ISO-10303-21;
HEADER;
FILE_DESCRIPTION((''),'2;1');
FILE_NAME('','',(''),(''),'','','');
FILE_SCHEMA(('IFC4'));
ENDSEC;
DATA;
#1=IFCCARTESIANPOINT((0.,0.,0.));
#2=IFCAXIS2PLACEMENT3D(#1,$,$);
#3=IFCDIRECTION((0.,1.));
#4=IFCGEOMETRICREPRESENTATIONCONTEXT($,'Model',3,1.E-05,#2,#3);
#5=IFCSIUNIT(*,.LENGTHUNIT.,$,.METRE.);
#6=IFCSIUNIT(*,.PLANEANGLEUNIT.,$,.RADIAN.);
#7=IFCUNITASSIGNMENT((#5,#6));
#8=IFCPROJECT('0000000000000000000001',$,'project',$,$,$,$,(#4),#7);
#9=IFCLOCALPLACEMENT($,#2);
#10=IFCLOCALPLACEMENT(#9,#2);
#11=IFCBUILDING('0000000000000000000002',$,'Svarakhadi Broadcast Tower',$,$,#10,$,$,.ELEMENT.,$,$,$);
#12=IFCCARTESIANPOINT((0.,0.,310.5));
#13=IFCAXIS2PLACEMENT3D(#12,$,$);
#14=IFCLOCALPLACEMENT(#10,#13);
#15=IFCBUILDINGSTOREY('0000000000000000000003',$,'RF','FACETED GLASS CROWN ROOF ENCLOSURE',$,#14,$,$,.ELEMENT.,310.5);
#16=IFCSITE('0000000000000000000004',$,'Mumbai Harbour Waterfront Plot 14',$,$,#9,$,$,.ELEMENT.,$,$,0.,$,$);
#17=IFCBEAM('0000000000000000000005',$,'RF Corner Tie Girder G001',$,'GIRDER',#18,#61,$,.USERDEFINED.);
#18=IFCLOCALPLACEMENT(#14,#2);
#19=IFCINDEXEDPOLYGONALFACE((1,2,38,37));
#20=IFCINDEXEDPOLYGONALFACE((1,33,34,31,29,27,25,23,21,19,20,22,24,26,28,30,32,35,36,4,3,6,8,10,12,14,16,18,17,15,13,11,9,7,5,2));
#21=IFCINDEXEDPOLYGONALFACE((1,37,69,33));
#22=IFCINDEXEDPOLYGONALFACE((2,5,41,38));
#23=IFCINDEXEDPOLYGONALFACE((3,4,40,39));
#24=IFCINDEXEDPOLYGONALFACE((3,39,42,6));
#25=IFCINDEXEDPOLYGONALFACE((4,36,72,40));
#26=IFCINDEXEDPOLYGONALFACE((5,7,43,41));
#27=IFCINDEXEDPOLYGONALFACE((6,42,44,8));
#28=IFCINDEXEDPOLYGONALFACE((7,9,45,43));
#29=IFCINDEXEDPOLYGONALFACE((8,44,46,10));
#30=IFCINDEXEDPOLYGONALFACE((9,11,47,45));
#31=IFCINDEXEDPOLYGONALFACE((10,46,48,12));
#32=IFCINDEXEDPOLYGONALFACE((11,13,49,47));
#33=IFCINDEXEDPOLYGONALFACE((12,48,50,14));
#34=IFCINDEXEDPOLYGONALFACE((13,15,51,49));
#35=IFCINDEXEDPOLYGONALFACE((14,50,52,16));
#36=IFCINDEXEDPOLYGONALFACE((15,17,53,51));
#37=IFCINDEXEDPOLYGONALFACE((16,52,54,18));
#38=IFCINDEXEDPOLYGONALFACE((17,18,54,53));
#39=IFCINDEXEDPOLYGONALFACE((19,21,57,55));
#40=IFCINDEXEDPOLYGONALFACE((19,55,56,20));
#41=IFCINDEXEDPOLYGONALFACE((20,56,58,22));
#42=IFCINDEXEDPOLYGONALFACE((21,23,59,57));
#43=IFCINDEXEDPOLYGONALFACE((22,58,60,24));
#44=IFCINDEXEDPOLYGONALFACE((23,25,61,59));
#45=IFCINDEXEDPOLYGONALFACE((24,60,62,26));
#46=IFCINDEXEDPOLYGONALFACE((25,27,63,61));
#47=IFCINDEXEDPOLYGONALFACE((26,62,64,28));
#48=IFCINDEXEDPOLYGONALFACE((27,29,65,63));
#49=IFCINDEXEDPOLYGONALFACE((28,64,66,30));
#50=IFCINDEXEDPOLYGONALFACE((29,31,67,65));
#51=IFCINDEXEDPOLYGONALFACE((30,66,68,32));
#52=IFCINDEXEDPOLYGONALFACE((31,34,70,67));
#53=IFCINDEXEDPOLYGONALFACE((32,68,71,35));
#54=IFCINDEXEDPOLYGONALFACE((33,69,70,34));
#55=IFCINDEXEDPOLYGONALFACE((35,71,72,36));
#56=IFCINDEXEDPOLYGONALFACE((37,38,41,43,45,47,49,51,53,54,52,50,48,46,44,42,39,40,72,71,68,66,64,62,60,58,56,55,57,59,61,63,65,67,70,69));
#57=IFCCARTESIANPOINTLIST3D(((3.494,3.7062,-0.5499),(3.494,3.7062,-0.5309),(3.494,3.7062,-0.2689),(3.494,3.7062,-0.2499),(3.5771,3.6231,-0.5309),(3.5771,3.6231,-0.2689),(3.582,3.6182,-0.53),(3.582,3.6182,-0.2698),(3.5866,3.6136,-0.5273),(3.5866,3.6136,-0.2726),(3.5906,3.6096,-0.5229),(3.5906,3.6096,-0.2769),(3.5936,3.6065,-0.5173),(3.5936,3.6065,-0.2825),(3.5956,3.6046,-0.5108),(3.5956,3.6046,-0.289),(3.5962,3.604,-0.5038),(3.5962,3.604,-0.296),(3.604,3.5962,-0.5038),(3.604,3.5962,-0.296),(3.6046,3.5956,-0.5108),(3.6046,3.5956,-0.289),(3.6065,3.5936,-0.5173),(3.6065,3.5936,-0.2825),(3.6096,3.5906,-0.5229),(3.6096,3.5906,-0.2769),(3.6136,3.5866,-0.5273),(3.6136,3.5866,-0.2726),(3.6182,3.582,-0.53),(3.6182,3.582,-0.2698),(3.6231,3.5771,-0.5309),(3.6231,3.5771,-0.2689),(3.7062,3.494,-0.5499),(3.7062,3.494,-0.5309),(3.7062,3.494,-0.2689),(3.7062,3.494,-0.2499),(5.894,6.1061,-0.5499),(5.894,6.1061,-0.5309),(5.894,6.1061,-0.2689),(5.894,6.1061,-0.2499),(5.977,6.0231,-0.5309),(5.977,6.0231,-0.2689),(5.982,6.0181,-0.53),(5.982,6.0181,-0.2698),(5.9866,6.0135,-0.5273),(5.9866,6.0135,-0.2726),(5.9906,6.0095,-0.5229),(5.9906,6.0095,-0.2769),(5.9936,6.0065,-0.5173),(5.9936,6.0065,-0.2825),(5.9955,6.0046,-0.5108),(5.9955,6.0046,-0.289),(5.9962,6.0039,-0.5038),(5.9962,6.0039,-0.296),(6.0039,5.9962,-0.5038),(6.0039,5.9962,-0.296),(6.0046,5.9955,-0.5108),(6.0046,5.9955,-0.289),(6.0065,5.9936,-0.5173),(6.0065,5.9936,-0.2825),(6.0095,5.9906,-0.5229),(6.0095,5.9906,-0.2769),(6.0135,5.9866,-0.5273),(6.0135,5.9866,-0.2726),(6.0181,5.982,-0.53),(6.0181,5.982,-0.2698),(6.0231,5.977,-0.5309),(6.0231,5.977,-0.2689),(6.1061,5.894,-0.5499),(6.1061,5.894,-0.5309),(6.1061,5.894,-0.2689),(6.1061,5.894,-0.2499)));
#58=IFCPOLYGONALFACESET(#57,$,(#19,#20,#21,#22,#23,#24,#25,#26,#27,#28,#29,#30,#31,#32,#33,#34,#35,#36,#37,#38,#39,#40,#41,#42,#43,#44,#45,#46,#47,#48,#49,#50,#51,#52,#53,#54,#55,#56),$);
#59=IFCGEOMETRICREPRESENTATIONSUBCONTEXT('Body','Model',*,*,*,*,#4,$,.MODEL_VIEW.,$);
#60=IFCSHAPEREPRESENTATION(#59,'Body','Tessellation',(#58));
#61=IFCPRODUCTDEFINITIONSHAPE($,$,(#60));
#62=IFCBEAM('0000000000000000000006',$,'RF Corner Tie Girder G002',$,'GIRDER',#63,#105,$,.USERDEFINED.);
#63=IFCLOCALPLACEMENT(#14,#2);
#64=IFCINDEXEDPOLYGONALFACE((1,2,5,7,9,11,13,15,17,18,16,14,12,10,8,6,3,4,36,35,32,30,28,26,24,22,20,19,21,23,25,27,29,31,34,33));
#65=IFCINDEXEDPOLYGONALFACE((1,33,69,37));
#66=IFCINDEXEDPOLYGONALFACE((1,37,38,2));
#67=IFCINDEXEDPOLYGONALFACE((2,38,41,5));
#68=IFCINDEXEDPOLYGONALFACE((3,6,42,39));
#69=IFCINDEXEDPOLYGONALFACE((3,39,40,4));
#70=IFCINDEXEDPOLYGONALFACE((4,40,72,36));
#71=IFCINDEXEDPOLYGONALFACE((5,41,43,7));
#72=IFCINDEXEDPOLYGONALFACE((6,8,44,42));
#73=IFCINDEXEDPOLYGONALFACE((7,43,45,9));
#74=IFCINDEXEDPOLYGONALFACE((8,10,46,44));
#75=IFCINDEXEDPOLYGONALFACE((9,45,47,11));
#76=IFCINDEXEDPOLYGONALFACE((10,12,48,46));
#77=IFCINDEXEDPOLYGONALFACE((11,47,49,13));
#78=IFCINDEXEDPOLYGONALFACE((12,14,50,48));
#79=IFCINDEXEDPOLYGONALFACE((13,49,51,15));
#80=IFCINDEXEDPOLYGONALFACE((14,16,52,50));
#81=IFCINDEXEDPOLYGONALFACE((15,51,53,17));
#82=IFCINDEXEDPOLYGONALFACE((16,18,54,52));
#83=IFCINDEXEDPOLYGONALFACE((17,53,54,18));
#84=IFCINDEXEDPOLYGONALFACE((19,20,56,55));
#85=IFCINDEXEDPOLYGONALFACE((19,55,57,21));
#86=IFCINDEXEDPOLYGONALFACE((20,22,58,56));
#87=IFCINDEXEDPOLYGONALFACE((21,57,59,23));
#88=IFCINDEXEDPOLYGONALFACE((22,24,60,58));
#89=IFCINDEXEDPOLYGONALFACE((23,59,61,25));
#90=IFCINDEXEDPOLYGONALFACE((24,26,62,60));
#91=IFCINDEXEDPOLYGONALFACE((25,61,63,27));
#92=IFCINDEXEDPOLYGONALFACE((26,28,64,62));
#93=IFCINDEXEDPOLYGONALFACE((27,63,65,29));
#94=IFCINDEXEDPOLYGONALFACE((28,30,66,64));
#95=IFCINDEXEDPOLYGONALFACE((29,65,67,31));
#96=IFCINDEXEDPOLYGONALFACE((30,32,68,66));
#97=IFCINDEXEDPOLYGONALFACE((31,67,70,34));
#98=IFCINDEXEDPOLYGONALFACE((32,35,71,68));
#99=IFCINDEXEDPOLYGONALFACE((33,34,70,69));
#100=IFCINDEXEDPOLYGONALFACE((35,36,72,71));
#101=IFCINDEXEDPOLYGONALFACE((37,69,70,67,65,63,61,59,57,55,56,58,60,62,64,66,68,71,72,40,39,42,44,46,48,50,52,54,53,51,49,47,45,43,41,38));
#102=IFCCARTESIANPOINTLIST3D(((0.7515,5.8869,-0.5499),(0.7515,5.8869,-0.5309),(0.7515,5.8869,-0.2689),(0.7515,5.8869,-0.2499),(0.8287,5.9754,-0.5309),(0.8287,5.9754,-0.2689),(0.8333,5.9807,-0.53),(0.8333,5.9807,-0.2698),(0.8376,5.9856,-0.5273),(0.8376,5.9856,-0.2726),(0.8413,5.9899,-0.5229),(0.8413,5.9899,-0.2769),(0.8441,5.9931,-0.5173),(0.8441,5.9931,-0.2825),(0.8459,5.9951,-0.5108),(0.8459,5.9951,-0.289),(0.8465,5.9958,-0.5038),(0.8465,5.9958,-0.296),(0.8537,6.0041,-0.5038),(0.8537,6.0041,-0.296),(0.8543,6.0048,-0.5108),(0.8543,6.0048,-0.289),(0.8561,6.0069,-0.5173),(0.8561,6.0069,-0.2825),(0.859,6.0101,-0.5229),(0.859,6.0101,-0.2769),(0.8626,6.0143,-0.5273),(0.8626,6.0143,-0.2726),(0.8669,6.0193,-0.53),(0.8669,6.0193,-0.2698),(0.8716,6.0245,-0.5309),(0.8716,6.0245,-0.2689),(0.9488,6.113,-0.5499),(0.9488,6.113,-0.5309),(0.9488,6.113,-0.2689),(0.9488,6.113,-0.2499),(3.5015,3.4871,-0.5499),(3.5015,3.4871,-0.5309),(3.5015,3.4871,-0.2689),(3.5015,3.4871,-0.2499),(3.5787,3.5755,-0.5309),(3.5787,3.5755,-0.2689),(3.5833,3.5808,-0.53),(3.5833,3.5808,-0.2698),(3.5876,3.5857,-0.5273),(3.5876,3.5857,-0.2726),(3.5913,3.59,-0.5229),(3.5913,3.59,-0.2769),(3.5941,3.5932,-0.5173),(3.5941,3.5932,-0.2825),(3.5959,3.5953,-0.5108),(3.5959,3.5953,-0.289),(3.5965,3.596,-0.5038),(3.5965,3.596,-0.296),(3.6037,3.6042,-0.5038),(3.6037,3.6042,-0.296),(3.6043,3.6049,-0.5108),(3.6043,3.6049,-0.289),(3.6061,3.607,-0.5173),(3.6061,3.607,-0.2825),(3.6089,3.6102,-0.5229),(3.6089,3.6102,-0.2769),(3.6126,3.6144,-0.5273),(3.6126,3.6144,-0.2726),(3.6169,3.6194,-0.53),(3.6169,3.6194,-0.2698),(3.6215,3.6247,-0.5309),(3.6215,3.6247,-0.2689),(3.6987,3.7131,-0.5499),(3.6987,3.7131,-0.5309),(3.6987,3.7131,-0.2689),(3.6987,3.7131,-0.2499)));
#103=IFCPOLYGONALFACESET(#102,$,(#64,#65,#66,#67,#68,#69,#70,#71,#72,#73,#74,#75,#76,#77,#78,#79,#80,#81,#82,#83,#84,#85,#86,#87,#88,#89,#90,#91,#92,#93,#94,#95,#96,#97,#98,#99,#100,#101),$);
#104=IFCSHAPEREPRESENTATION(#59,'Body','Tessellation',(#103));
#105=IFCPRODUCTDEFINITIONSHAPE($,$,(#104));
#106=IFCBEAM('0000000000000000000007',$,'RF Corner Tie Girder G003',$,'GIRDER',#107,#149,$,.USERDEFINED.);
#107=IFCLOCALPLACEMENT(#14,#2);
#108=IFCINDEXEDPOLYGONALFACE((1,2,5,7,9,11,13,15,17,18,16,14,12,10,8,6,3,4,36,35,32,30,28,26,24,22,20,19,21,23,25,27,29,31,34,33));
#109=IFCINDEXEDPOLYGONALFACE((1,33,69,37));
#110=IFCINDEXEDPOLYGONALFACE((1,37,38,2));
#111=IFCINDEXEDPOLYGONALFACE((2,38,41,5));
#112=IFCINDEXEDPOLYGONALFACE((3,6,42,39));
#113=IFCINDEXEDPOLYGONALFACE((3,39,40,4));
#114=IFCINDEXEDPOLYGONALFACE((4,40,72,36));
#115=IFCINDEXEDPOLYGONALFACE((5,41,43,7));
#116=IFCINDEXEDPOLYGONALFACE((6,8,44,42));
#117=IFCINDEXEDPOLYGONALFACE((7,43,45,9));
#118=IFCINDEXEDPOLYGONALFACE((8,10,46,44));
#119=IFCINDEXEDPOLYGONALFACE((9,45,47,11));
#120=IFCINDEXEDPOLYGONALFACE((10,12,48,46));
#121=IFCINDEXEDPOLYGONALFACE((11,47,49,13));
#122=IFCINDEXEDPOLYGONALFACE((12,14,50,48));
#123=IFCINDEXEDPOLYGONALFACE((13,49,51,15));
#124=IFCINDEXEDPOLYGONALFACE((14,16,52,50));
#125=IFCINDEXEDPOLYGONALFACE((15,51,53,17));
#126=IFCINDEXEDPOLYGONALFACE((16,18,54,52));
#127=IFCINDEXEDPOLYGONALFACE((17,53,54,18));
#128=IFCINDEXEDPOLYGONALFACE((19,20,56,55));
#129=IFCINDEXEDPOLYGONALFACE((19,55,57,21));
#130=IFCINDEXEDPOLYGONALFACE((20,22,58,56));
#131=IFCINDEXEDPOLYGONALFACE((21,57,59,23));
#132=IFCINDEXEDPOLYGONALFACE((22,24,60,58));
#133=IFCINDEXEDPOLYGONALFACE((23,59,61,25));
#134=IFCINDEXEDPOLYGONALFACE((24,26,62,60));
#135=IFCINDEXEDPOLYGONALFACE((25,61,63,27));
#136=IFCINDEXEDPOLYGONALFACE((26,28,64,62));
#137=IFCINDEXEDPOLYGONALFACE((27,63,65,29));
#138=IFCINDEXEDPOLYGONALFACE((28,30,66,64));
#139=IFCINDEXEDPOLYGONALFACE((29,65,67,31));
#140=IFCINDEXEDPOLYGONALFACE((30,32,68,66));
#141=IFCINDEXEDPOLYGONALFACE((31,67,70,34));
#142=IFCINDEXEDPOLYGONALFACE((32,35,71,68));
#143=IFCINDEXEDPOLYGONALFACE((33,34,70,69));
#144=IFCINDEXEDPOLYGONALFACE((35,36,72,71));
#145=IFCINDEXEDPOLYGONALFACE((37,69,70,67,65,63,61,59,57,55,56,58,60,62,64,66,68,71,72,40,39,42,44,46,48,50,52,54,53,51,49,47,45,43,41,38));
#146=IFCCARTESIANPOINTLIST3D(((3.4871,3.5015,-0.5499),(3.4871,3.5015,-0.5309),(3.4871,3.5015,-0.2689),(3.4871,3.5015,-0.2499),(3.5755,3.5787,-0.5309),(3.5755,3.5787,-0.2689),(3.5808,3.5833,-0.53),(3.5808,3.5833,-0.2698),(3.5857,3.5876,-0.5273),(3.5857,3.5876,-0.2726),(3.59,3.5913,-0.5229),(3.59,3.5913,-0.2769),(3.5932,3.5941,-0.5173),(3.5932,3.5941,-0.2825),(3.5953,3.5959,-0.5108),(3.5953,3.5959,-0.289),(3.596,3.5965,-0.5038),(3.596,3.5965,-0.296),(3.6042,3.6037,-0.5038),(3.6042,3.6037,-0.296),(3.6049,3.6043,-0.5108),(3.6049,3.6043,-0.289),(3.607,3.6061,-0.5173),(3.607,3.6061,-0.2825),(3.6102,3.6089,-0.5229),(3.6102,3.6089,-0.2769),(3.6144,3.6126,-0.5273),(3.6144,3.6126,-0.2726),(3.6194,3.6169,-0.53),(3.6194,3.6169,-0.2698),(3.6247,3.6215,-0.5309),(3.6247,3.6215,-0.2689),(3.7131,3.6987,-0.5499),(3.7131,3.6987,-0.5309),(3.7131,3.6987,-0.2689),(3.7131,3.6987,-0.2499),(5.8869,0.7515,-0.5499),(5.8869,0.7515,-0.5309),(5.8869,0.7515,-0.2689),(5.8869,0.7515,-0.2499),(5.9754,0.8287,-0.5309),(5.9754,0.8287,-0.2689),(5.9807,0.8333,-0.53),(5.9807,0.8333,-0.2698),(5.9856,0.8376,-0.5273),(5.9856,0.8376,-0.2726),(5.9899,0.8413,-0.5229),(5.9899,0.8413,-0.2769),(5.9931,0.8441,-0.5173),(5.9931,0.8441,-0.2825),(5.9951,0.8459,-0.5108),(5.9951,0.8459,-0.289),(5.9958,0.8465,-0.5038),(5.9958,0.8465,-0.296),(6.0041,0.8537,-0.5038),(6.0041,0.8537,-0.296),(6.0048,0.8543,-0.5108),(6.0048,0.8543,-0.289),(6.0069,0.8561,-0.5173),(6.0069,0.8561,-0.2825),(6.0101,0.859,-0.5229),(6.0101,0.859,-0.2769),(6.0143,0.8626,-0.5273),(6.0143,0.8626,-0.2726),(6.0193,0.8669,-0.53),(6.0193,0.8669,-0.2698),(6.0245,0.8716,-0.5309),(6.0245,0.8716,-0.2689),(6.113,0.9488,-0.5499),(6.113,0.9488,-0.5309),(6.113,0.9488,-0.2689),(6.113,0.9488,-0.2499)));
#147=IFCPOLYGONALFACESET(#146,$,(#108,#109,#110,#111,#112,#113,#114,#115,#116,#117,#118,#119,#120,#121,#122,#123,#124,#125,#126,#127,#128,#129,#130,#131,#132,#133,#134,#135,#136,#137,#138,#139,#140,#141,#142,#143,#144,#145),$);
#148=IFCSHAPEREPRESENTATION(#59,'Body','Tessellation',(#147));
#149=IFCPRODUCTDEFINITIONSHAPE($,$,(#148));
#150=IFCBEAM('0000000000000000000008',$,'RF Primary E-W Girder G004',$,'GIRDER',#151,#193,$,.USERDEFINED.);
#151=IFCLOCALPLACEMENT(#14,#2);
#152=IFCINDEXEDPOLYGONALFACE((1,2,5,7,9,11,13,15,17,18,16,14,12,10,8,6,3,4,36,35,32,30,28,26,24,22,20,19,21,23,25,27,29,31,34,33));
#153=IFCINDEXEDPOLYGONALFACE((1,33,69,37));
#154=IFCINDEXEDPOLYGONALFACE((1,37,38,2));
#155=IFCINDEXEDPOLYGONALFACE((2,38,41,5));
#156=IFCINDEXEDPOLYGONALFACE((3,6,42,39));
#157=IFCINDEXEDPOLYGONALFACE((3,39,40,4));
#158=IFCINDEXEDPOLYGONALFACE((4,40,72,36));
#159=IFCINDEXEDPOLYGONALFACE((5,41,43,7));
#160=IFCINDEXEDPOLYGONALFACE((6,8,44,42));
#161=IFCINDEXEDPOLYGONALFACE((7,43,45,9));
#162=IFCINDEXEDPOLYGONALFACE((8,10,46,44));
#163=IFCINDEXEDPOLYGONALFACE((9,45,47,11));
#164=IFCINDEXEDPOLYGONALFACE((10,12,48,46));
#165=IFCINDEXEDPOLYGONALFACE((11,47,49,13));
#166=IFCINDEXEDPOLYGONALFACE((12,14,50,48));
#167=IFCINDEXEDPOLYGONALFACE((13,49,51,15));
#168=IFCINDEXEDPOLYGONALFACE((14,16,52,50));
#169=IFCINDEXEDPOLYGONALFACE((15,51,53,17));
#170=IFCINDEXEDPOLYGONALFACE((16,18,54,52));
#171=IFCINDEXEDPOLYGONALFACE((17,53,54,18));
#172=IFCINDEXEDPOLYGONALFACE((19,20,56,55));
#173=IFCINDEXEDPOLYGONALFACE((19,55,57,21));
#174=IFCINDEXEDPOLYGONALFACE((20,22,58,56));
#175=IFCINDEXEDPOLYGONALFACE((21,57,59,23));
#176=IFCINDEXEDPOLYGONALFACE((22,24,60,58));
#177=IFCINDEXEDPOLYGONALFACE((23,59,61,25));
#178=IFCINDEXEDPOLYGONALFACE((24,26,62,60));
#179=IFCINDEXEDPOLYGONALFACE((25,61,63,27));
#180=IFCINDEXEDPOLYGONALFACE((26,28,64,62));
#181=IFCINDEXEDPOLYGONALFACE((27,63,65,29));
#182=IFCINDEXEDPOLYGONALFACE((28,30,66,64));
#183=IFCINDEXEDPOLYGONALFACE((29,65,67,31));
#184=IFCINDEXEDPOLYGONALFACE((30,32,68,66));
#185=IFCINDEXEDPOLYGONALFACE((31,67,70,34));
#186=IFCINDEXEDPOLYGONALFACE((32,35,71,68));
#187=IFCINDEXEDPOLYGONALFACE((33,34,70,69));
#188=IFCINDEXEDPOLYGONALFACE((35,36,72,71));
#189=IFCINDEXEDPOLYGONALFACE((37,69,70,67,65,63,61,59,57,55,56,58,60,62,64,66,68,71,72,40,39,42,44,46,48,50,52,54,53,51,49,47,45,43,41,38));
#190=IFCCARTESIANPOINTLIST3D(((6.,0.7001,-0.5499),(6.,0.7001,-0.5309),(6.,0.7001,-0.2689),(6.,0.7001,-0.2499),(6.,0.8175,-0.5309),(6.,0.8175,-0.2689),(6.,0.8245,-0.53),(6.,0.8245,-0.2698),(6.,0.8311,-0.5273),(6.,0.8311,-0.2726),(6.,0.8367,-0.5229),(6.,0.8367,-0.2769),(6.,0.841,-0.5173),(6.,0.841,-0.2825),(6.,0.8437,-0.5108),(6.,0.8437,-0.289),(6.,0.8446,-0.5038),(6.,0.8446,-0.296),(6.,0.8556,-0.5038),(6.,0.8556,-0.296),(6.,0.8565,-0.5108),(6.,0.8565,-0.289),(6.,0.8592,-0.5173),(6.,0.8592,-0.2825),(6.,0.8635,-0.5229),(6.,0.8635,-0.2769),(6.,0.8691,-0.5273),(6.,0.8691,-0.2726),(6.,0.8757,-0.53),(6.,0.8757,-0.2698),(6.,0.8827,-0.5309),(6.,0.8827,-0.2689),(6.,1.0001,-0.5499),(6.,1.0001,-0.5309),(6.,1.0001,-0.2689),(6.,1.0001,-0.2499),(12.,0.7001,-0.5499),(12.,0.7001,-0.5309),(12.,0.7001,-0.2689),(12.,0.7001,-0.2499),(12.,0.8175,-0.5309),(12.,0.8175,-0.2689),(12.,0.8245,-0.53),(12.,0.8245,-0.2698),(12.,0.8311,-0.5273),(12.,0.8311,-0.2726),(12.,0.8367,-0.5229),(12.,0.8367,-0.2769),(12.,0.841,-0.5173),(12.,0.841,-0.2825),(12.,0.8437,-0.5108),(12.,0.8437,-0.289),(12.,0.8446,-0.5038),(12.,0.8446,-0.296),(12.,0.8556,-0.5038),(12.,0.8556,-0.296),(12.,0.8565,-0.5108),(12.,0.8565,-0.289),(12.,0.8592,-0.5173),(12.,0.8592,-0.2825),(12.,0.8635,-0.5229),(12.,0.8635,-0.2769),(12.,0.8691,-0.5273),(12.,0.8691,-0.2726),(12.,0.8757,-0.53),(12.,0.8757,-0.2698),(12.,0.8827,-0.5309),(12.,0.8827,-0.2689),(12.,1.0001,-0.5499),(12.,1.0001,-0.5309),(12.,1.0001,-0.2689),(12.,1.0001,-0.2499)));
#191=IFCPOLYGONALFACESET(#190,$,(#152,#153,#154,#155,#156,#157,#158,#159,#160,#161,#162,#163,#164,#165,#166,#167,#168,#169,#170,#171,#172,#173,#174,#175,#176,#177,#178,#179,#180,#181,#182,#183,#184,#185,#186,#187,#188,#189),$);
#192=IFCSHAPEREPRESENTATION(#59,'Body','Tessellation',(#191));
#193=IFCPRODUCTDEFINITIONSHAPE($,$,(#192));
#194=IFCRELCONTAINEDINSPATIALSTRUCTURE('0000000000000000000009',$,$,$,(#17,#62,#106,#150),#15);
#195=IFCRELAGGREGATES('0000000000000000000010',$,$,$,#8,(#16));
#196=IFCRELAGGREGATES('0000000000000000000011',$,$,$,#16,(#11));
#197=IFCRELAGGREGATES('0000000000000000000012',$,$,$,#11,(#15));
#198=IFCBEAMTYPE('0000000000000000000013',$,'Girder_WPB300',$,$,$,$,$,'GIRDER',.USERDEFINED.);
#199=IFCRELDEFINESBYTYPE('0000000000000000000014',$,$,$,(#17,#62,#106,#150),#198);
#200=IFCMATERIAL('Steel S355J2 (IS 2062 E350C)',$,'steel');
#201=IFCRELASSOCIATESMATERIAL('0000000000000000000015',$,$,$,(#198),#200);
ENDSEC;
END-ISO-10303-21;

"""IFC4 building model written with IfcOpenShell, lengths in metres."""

from ifc_helpers import new_model, si_unit, direction, frame, origin, origin_2d, place, context, subcontext, project, spatial, i_section, extrude, material, material_profile, profile_set, type_object, element, save


model = new_model("IFC4")

# Units and contexts
model_context = context("Model", 3, precision=1e-05, world=origin(), true_north=direction((0.0, 1.0)))
body_context = subcontext(model_context, "Body", "Model", "MODEL_VIEW")
ifc_project = project(units=[si_unit("LENGTHUNIT", "METRE"), si_unit("PLANEANGLEUNIT", "RADIAN")], contexts=[model_context])

# Site, building, storey
site_placement = place(None, origin())
site = spatial("IfcSite", under=ifc_project, at=site_placement, Name="Mumbai Harbour Waterfront Plot 14", CompositionType="ELEMENT", RefElevation=0.0)
building_placement = place(site_placement, origin())
building = spatial("IfcBuilding", under=site, at=building_placement, Name="Svarakhadi Broadcast Tower", CompositionType="ELEMENT")
storey_placement = place(building_placement, frame((0.0, 0.0, 310.5)))
storey = spatial("IfcBuildingStorey", under=building, at=storey_placement, Name="RF", Description="FACETED GLASS CROWN ROOF ENCLOSURE", CompositionType="ELEMENT", Elevation=310.5)

# Shared definitions
ifc_material_1 = material(Name="Steel S355J2 (IS 2062 E350C)", Category="steel")

# Beams
ifc_material_profile_1 = material_profile(ifc_material_1, i_section(OverallWidth=0.3, OverallDepth=0.3, WebThickness=0.011, FlangeThickness=0.019, FilletRadius=0.0271, at=origin_2d()), Name="WPB 300x300x117")
ifc_profile_set_1 = profile_set([ifc_material_profile_1], Name="Steel S355J2 (IS 2062 E350C)")
beam_type_1 = type_object("IfcBeamType", Name="Girder_WPB300", ElementType="GIRDER", PredefinedType="USERDEFINED", material=ifc_profile_set_1)
beam_1_placement = place(storey_placement, frame((3.6001, 3.6001, -0.3999), z_axis=(0.707107, 0.707107, 0.0), x_axis=(-0.707107, 0.707107, 0.0)))
element("IfcBeam", 1, at=beam_1_placement, inside=storey, type_object=beam_type_1, Name="RF Corner Tie Girder G001", ObjectType="GIRDER", PredefinedType="USERDEFINED", context=body_context, shape_type="SweptSolid", body=[
    extrude(i_section(OverallWidth=0.3, OverallDepth=0.3, WebThickness=0.011, FlangeThickness=0.019, FilletRadius=0.0271, at=origin_2d()), origin(), (0.0, 0.0, 1.0), 3.394),
])
for number, where, z_axis, x_axis, name in (
    (2, (3.6001, 3.6001, -0.3999), (-0.753438, 0.657519, 0.0), (-0.657519, -0.753438, 0.0), "RF Corner Tie Girder G002"),
    (3, (3.6001, 3.6001, -0.3999), (0.657519, -0.753438, 0.0), (0.753438, 0.657519, 0.0), "RF Corner Tie Girder G003"),
):
    element("IfcBeam", number, at=place(storey_placement, frame(where, z_axis=z_axis, x_axis=x_axis)), inside=storey, type_object=beam_type_1, Name=name, ObjectType="GIRDER", PredefinedType="USERDEFINED", context=body_context, shape_type="SweptSolid", body=[
        extrude(i_section(OverallWidth=0.3, OverallDepth=0.3, WebThickness=0.011, FlangeThickness=0.019, FilletRadius=0.0271, at=origin_2d()), origin(), (0.0, 0.0, 1.0), 3.6499),
    ])
for number, where, z_axis, x_axis, name in (
    (4, (6.0, 0.8501, -0.3999), (1.0, 0.0, 0.0), (0.0, 1.0, 0.0), "RF Primary E-W Girder G004"),
):
    element("IfcBeam", number, at=place(storey_placement, frame(where, z_axis=z_axis, x_axis=x_axis)), inside=storey, type_object=beam_type_1, Name=name, ObjectType="GIRDER", PredefinedType="USERDEFINED", context=body_context, shape_type="SweptSolid", body=[
        extrude(i_section(OverallWidth=0.3, OverallDepth=0.3, WebThickness=0.011, FlangeThickness=0.019, FilletRadius=0.0271, at=origin_2d()), origin(), (0.0, 0.0, 1.0), 6.0),
    ])

save(model, "model.ifc")
